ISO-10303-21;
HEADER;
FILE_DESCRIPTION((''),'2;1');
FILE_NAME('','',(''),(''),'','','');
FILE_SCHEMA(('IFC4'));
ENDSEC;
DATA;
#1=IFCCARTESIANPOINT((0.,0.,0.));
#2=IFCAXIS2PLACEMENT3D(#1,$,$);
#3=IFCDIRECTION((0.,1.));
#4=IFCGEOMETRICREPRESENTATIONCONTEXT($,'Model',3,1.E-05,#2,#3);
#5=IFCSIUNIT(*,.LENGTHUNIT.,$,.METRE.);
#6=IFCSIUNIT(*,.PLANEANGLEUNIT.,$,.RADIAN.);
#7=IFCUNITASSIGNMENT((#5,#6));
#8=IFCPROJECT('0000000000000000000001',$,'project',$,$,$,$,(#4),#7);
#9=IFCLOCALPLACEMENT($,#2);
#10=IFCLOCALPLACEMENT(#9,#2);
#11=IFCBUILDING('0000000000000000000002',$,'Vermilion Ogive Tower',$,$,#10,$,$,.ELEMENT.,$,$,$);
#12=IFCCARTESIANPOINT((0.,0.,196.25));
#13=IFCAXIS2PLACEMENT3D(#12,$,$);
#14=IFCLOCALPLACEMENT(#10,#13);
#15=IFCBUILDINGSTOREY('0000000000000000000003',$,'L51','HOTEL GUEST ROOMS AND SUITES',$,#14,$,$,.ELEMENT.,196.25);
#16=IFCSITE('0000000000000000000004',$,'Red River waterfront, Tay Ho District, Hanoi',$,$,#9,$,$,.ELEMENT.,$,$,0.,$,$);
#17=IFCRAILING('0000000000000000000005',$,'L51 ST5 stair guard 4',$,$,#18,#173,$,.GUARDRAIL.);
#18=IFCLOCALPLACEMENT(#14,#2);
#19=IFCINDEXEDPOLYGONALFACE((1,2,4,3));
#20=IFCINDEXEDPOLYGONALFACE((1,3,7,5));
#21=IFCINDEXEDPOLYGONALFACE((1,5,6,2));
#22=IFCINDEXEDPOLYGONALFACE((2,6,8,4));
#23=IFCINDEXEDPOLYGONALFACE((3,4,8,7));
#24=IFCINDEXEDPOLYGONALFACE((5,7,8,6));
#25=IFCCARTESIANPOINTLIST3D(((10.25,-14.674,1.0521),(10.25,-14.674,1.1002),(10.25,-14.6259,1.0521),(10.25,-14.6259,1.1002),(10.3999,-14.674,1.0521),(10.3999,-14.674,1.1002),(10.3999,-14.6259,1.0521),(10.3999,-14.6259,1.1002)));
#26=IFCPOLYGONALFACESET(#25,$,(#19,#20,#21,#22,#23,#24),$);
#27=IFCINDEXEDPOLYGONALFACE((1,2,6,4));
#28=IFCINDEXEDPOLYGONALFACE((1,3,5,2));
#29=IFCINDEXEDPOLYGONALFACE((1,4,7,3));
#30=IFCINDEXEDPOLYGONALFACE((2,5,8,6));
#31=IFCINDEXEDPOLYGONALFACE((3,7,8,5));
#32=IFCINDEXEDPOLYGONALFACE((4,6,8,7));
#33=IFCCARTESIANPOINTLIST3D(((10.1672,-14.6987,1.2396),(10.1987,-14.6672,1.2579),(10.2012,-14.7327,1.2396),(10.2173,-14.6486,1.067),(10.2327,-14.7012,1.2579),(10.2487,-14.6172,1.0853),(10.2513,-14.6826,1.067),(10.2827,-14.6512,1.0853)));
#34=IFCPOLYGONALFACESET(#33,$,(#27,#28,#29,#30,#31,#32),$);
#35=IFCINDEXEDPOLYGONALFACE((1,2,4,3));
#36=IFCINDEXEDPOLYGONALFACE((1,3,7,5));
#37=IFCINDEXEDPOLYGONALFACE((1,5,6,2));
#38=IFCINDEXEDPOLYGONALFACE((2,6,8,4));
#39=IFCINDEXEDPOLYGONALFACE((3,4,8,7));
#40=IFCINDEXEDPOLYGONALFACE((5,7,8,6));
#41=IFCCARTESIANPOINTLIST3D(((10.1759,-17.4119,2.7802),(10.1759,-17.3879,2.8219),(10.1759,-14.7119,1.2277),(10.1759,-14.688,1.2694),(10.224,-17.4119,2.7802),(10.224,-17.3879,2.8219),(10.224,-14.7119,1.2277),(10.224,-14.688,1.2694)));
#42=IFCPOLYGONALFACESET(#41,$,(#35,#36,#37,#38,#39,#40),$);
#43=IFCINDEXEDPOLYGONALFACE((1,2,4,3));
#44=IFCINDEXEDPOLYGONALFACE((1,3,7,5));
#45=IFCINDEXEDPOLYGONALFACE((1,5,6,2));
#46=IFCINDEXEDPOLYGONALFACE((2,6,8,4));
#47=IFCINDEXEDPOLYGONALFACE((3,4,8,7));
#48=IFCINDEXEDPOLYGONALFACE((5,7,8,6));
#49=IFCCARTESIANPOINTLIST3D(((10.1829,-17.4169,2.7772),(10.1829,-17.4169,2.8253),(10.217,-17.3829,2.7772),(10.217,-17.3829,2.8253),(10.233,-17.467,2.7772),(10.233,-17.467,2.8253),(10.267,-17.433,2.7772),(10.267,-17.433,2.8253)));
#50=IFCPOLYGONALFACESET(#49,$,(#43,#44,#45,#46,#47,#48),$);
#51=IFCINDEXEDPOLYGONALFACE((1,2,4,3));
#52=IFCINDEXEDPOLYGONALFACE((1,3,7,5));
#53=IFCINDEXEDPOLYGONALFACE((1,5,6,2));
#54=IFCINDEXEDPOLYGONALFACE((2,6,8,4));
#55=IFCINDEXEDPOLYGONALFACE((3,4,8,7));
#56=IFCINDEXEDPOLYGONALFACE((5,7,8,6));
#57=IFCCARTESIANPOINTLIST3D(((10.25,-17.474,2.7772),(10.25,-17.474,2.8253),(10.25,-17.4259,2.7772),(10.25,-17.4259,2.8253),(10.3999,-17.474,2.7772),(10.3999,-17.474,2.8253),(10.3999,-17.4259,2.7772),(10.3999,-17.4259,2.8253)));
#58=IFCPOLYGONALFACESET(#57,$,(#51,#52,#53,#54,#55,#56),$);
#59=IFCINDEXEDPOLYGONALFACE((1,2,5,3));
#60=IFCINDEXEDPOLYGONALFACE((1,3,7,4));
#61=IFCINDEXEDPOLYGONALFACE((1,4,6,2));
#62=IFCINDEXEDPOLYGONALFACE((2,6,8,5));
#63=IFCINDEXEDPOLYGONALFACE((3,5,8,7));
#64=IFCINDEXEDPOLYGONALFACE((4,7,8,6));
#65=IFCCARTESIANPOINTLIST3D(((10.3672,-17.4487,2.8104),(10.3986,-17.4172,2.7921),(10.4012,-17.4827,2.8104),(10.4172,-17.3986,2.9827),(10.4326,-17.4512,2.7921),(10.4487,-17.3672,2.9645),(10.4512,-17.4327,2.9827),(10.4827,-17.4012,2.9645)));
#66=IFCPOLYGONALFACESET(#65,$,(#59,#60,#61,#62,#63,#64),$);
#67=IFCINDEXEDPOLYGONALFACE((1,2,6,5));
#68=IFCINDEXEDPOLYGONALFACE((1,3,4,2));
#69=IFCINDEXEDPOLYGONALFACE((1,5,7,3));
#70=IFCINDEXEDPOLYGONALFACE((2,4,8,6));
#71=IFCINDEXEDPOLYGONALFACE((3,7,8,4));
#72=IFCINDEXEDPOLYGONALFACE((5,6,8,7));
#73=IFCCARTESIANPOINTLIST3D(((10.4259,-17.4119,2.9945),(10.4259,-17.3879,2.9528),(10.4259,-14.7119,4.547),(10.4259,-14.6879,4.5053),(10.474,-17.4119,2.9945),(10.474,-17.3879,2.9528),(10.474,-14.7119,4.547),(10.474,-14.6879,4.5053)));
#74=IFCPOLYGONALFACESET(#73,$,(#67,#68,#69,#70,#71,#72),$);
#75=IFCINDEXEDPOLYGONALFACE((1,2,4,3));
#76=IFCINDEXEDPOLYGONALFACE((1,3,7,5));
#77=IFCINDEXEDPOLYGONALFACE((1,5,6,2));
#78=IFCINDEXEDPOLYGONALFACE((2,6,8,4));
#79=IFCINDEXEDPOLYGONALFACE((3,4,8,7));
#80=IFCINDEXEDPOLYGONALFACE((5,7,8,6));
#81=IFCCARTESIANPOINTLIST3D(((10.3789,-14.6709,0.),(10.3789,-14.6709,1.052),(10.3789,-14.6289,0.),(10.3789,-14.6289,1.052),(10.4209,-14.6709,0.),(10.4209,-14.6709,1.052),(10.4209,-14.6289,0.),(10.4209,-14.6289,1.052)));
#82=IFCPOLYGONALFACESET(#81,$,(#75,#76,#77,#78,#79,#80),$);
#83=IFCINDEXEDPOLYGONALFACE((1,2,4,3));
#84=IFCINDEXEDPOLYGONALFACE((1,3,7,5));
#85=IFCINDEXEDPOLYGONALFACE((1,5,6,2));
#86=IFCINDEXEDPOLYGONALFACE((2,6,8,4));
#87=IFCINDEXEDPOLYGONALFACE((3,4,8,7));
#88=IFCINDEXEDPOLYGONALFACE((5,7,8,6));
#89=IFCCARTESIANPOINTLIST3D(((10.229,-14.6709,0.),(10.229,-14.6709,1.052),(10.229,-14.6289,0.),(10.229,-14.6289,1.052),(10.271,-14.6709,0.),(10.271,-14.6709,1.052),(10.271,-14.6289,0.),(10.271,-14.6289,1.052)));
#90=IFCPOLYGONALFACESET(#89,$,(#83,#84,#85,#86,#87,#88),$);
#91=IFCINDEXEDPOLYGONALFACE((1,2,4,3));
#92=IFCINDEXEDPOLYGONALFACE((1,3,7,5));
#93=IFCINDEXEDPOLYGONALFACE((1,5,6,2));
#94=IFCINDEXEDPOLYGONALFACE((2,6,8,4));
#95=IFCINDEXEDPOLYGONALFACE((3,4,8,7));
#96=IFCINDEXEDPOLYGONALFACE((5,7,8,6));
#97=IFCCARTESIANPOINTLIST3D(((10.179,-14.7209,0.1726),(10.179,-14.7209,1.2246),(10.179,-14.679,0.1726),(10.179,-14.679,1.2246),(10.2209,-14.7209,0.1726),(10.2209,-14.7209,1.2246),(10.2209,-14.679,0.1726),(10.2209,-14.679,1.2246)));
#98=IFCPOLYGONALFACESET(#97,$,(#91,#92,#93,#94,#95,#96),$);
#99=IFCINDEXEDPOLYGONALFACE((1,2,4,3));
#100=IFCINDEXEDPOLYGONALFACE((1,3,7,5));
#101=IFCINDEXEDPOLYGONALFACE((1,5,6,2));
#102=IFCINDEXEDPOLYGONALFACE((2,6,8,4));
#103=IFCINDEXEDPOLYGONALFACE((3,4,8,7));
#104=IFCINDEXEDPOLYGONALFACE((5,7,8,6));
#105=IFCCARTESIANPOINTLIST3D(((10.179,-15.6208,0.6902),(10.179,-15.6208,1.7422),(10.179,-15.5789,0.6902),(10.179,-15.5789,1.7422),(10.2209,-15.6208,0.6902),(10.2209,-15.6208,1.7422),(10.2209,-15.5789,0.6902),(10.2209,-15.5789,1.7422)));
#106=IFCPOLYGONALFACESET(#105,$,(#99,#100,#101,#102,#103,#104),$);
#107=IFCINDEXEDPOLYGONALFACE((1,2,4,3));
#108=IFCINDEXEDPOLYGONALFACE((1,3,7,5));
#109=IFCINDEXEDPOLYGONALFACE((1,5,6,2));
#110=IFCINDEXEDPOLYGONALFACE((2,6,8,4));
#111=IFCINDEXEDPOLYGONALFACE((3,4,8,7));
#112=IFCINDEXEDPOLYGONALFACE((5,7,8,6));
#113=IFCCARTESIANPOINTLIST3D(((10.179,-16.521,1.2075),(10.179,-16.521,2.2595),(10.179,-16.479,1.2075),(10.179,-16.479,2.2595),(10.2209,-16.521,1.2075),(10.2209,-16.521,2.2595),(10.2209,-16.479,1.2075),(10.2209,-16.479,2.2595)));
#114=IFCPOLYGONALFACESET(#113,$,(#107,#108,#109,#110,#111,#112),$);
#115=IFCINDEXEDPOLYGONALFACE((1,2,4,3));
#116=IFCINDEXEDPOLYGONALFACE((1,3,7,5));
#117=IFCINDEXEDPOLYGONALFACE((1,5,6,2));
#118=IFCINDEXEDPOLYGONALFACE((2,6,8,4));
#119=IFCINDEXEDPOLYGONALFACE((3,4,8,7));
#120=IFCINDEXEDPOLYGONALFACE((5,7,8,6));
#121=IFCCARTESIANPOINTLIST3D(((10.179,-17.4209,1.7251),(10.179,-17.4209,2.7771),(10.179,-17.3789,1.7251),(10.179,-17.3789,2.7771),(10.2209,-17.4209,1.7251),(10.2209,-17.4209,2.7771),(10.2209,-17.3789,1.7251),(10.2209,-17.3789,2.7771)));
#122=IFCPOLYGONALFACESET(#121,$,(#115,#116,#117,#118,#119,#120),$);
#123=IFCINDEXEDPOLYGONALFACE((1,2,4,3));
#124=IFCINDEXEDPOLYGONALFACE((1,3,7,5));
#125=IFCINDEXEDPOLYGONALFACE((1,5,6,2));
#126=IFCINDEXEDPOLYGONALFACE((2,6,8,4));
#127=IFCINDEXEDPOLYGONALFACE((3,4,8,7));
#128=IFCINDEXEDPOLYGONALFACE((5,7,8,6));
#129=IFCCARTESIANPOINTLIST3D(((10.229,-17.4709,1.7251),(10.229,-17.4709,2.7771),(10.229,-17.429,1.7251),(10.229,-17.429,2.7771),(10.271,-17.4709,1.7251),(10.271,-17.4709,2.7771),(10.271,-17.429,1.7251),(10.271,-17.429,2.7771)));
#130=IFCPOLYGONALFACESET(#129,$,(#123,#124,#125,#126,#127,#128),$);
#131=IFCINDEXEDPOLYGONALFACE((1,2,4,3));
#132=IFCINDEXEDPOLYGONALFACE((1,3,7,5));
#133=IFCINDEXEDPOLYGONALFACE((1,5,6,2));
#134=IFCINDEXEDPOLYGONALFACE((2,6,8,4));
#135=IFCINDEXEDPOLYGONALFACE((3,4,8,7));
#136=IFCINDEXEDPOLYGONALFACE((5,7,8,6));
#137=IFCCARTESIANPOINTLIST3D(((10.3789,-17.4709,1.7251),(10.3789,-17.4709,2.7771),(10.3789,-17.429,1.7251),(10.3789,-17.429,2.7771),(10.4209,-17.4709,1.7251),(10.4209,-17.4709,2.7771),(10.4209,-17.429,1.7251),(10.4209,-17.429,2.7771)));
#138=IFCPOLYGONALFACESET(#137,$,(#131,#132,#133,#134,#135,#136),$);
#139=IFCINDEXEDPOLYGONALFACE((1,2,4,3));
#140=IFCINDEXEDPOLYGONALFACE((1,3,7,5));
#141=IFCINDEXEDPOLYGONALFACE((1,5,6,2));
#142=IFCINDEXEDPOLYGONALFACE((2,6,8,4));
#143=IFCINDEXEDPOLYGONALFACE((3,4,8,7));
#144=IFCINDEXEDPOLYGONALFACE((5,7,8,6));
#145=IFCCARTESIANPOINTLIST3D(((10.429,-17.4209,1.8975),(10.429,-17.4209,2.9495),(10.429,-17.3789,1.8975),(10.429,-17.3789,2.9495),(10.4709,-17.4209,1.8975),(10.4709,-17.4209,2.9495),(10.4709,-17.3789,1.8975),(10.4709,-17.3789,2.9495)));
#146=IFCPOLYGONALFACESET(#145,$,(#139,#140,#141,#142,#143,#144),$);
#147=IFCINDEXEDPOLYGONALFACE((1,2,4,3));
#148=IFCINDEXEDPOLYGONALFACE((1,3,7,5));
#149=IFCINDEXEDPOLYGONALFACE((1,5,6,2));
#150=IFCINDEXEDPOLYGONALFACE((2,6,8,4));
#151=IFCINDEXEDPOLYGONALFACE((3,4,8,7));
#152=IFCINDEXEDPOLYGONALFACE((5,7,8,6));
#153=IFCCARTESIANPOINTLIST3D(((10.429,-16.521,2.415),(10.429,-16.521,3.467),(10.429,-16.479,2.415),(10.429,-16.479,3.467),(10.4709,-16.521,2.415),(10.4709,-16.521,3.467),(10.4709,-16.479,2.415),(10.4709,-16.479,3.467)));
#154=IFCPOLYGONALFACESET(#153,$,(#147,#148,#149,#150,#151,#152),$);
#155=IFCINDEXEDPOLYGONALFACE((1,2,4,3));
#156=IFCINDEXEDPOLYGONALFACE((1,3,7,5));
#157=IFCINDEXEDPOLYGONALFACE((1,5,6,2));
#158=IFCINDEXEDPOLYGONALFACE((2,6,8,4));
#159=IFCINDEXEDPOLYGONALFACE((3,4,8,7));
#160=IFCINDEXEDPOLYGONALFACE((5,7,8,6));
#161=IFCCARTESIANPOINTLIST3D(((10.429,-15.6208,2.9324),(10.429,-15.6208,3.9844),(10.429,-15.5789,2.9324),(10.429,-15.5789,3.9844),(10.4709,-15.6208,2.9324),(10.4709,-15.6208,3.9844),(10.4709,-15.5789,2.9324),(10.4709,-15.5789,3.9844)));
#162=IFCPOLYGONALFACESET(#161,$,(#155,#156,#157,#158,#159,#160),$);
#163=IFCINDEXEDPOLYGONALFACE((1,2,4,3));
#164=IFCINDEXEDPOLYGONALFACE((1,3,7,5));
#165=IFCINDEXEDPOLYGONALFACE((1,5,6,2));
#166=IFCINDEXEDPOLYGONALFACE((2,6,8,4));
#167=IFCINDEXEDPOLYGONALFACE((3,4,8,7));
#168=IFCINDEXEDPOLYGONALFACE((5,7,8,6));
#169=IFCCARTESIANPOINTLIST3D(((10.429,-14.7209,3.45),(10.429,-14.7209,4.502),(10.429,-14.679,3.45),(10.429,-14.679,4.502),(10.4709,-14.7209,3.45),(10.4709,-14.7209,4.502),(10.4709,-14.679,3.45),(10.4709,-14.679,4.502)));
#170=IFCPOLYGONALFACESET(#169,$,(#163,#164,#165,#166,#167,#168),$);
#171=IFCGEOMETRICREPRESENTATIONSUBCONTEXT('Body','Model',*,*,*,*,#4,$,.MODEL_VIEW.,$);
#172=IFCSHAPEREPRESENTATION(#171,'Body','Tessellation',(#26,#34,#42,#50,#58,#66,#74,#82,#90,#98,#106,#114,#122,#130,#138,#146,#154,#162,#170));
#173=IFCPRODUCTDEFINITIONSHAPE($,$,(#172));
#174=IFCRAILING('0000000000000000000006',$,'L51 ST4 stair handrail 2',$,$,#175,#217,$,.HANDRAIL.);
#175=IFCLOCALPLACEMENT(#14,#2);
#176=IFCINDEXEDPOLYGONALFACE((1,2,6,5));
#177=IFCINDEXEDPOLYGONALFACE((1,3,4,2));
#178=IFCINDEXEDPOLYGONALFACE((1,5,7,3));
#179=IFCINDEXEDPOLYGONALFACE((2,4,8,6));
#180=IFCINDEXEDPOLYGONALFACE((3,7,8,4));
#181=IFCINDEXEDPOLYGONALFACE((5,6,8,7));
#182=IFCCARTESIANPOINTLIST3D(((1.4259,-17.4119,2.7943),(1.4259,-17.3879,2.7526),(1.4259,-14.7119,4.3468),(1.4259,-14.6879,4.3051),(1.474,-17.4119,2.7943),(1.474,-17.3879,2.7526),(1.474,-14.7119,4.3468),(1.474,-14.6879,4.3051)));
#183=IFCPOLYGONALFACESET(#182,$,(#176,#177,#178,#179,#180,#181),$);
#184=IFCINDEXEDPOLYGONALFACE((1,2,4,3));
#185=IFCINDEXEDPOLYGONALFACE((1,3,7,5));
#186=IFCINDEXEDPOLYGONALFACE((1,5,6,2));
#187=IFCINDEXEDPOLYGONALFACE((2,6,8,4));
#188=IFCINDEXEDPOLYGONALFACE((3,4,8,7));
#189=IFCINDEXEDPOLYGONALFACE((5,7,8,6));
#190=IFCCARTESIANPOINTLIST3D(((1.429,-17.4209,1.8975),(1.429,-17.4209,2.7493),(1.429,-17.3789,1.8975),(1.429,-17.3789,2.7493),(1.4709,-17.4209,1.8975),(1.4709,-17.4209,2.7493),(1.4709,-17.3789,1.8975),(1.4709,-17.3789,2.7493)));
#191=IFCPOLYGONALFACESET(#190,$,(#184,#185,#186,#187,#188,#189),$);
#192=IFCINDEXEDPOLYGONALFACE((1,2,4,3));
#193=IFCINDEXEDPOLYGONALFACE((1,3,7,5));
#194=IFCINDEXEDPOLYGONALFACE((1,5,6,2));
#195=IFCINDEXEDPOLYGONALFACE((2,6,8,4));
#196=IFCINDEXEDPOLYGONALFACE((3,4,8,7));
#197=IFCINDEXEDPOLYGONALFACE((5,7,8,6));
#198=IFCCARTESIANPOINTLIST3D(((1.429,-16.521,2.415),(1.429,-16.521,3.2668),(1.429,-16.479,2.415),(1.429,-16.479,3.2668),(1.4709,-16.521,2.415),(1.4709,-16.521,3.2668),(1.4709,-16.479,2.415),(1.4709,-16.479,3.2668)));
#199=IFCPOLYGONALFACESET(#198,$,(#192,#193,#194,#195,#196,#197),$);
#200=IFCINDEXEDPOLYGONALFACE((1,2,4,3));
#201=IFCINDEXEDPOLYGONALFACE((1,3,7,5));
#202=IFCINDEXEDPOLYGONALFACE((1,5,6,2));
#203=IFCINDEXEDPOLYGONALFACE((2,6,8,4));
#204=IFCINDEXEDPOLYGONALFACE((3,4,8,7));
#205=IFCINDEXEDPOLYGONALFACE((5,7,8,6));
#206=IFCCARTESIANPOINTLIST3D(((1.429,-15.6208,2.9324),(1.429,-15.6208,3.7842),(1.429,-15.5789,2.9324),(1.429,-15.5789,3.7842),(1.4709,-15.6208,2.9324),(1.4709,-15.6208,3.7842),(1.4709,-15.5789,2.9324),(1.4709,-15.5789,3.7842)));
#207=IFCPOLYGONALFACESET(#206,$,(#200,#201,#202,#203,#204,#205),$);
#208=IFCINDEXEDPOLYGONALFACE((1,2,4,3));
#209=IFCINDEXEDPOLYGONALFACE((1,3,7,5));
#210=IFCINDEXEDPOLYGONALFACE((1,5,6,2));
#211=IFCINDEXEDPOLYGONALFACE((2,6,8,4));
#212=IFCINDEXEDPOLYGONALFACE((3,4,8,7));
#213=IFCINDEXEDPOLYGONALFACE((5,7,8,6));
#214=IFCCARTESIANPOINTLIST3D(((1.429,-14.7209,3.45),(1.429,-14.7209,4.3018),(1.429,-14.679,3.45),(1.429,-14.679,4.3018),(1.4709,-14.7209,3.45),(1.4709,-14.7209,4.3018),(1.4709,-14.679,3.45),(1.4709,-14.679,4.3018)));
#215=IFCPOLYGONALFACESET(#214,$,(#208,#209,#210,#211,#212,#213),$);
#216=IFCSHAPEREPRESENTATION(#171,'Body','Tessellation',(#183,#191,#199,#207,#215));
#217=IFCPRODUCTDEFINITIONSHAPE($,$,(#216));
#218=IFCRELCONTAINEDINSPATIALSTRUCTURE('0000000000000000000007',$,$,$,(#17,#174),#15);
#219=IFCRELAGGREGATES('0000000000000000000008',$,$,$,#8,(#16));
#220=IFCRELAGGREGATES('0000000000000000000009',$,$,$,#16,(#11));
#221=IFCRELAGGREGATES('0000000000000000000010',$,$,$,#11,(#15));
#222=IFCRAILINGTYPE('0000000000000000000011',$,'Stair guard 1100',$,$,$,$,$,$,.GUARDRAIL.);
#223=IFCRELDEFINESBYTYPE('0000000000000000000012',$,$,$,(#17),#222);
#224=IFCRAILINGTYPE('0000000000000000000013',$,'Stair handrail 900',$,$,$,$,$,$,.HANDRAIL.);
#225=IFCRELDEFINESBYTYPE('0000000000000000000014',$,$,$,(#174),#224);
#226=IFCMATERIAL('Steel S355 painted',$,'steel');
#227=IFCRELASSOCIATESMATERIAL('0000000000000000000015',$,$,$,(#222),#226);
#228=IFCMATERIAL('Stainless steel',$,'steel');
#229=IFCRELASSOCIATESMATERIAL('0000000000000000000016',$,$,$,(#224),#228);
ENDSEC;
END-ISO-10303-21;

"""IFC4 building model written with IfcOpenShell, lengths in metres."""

from ifc_helpers import new_model, si_unit, direction, frame, origin, origin_2d, place, context, subcontext, project, spatial, rectangle, extrude, material, type_object, element, save


model = new_model("IFC4")

# Units and contexts
model_context = context("Model", 3, precision=1e-05, world=origin(), true_north=direction((0.0, 1.0)))
body_context = subcontext(model_context, "Body", "Model", "MODEL_VIEW")
ifc_project = project(units=[si_unit("LENGTHUNIT", "METRE"), si_unit("PLANEANGLEUNIT", "RADIAN")], contexts=[model_context])

# Site, building, storey
site_placement = place(None, origin())
site = spatial("IfcSite", under=ifc_project, at=site_placement, Name="Red River waterfront, Tay Ho District, Hanoi", CompositionType="ELEMENT", RefElevation=0.0)
building_placement = place(site_placement, origin())
building = spatial("IfcBuilding", under=site, at=building_placement, Name="Vermilion Ogive Tower", CompositionType="ELEMENT")
storey_placement = place(building_placement, frame((0.0, 0.0, 196.25)))
storey = spatial("IfcBuildingStorey", under=building, at=storey_placement, Name="L51", Description="HOTEL GUEST ROOMS AND SUITES", CompositionType="ELEMENT", Elevation=196.25)

# Railings
ifc_material_1 = material(Name="Steel S355 painted", Category="steel")
railing_type_1 = type_object("IfcRailingType", Name="Stair guard 1100", PredefinedType="GUARDRAIL", material=ifc_material_1)
railing_1_placement = place(storey_placement, frame((10.3999, -14.6499, 0.0)))
element("IfcRailing", 1, at=railing_1_placement, inside=storey, type_object=railing_type_1, Name="L51 ST5 stair guard 4", PredefinedType="GUARDRAIL", context=body_context, shape_type="SweptSolid", body=[
    extrude(rectangle(XDim=0.0481, YDim=0.0481, at=origin_2d()), frame((0.0, 0.0, 1.0762), z_axis=(-1.0, 0.0, 0.0), x_axis=(0.0, -1.0, 0.0)), (0.0, 0.0, 1.0), 0.1499),
    extrude(rectangle(XDim=0.0481, YDim=0.0481, at=origin_2d()), frame((-0.1499, 0.0, 1.0762), z_axis=(-0.268278, -0.268278, 0.925232), x_axis=(0.707107, -0.707107, 0.0)), (0.0, 0.0, 1.0), 0.1865),
    extrude(rectangle(XDim=0.0481, YDim=0.0481, at=origin_2d()), frame((-0.2, -0.05, 1.2485), z_axis=(0.0, -0.866904, 0.498476), x_axis=(1.0, 0.0, 0.0)), (0.0, 0.0, 1.0), 3.1145),
    extrude(rectangle(XDim=0.0481, YDim=0.0481, at=origin_2d()), frame((-0.2, -2.75, 2.8013), z_axis=(0.707107, -0.707107, 0.0), x_axis=(0.707107, 0.707107, 0.0)), (0.0, 0.0, 1.0), 0.0708),
    extrude(rectangle(XDim=0.0481, YDim=0.0481, at=origin_2d()), frame((-0.1499, -2.8, 2.8013), z_axis=(1.0, 0.0, 0.0), x_axis=(0.0, 1.0, 0.0)), (0.0, 0.0, 1.0), 0.1499),
    extrude(rectangle(XDim=0.0481, YDim=0.0481, at=origin_2d()), frame((0.0, -2.8, 2.8013), z_axis=(0.268603, 0.268603, 0.925043), x_axis=(-0.707107, 0.707107, 0.0)), (0.0, 0.0, 1.0), 0.1863),
    extrude(rectangle(XDim=0.0481, YDim=0.0481, at=origin_2d()), frame((0.05, -2.75, 2.9736), z_axis=(0.0, 0.866904, 0.498476), x_axis=(-1.0, 0.0, 0.0)), (0.0, 0.0, 1.0), 3.1145),
    extrude(rectangle(XDim=0.042, YDim=0.042, at=origin_2d()), origin(), (0.0, 0.0, 1.0), 1.052),
    extrude(rectangle(XDim=0.042, YDim=0.042, at=origin_2d()), frame((-0.1499, 0.0, 0.0)), (0.0, 0.0, 1.0), 1.052),
    extrude(rectangle(XDim=0.042, YDim=0.042, at=origin_2d()), frame((-0.2, -0.05, 0.1726)), (0.0, 0.0, 1.0), 1.052),
    extrude(rectangle(XDim=0.042, YDim=0.042, at=origin_2d()), frame((-0.2, -0.95, 0.6902)), (0.0, 0.0, 1.0), 1.052),
    extrude(rectangle(XDim=0.042, YDim=0.042, at=origin_2d()), frame((-0.2, -1.8501, 1.2075)), (0.0, 0.0, 1.0), 1.052),
    extrude(rectangle(XDim=0.042, YDim=0.042, at=origin_2d()), frame((-0.2, -2.75, 1.7251)), (0.0, 0.0, 1.0), 1.052),
    extrude(rectangle(XDim=0.042, YDim=0.042, at=origin_2d()), frame((-0.1499, -2.8, 1.7251)), (0.0, 0.0, 1.0), 1.052),
    extrude(rectangle(XDim=0.042, YDim=0.042, at=origin_2d()), frame((0.0, -2.8, 1.7251)), (0.0, 0.0, 1.0), 1.052),
    extrude(rectangle(XDim=0.042, YDim=0.042, at=origin_2d()), frame((0.05, -2.75, 1.8975)), (0.0, 0.0, 1.0), 1.052),
    extrude(rectangle(XDim=0.042, YDim=0.042, at=origin_2d()), frame((0.05, -1.8501, 2.415)), (0.0, 0.0, 1.0), 1.052),
    extrude(rectangle(XDim=0.042, YDim=0.042, at=origin_2d()), frame((0.05, -0.95, 2.9324)), (0.0, 0.0, 1.0), 1.052),
    extrude(rectangle(XDim=0.042, YDim=0.042, at=origin_2d()), frame((0.05, -0.05, 3.45)), (0.0, 0.0, 1.0), 1.052),
])
ifc_material_2 = material(Name="Stainless steel", Category="steel")
railing_type_2 = type_object("IfcRailingType", Name="Stair handrail 900", PredefinedType="HANDRAIL", material=ifc_material_2)
railing_2_placement = place(storey_placement, frame((1.45, -17.3999, 1.8975)))
element("IfcRailing", 2, at=railing_2_placement, inside=storey, type_object=railing_type_2, Name="L51 ST4 stair handrail 2", PredefinedType="HANDRAIL", context=body_context, shape_type="SweptSolid", body=[
    extrude(rectangle(XDim=0.0481, YDim=0.0481, at=origin_2d()), frame((0.0, 0.0, 0.876), z_axis=(0.0, 0.866904, 0.498476), x_axis=(-1.0, 0.0, 0.0)), (0.0, 0.0, 1.0), 3.1145),
    extrude(rectangle(XDim=0.042, YDim=0.042, at=origin_2d()), origin(), (0.0, 0.0, 1.0), 0.8518),
    extrude(rectangle(XDim=0.042, YDim=0.042, at=origin_2d()), frame((0.0, 0.8999, 0.5176)), (0.0, 0.0, 1.0), 0.8518),
    extrude(rectangle(XDim=0.042, YDim=0.042, at=origin_2d()), frame((0.0, 1.8, 1.0349)), (0.0, 0.0, 1.0), 0.8518),
    extrude(rectangle(XDim=0.042, YDim=0.042, at=origin_2d()), frame((0.0, 2.7, 1.5525)), (0.0, 0.0, 1.0), 0.8518),
])

save(model, "model.ifc")
